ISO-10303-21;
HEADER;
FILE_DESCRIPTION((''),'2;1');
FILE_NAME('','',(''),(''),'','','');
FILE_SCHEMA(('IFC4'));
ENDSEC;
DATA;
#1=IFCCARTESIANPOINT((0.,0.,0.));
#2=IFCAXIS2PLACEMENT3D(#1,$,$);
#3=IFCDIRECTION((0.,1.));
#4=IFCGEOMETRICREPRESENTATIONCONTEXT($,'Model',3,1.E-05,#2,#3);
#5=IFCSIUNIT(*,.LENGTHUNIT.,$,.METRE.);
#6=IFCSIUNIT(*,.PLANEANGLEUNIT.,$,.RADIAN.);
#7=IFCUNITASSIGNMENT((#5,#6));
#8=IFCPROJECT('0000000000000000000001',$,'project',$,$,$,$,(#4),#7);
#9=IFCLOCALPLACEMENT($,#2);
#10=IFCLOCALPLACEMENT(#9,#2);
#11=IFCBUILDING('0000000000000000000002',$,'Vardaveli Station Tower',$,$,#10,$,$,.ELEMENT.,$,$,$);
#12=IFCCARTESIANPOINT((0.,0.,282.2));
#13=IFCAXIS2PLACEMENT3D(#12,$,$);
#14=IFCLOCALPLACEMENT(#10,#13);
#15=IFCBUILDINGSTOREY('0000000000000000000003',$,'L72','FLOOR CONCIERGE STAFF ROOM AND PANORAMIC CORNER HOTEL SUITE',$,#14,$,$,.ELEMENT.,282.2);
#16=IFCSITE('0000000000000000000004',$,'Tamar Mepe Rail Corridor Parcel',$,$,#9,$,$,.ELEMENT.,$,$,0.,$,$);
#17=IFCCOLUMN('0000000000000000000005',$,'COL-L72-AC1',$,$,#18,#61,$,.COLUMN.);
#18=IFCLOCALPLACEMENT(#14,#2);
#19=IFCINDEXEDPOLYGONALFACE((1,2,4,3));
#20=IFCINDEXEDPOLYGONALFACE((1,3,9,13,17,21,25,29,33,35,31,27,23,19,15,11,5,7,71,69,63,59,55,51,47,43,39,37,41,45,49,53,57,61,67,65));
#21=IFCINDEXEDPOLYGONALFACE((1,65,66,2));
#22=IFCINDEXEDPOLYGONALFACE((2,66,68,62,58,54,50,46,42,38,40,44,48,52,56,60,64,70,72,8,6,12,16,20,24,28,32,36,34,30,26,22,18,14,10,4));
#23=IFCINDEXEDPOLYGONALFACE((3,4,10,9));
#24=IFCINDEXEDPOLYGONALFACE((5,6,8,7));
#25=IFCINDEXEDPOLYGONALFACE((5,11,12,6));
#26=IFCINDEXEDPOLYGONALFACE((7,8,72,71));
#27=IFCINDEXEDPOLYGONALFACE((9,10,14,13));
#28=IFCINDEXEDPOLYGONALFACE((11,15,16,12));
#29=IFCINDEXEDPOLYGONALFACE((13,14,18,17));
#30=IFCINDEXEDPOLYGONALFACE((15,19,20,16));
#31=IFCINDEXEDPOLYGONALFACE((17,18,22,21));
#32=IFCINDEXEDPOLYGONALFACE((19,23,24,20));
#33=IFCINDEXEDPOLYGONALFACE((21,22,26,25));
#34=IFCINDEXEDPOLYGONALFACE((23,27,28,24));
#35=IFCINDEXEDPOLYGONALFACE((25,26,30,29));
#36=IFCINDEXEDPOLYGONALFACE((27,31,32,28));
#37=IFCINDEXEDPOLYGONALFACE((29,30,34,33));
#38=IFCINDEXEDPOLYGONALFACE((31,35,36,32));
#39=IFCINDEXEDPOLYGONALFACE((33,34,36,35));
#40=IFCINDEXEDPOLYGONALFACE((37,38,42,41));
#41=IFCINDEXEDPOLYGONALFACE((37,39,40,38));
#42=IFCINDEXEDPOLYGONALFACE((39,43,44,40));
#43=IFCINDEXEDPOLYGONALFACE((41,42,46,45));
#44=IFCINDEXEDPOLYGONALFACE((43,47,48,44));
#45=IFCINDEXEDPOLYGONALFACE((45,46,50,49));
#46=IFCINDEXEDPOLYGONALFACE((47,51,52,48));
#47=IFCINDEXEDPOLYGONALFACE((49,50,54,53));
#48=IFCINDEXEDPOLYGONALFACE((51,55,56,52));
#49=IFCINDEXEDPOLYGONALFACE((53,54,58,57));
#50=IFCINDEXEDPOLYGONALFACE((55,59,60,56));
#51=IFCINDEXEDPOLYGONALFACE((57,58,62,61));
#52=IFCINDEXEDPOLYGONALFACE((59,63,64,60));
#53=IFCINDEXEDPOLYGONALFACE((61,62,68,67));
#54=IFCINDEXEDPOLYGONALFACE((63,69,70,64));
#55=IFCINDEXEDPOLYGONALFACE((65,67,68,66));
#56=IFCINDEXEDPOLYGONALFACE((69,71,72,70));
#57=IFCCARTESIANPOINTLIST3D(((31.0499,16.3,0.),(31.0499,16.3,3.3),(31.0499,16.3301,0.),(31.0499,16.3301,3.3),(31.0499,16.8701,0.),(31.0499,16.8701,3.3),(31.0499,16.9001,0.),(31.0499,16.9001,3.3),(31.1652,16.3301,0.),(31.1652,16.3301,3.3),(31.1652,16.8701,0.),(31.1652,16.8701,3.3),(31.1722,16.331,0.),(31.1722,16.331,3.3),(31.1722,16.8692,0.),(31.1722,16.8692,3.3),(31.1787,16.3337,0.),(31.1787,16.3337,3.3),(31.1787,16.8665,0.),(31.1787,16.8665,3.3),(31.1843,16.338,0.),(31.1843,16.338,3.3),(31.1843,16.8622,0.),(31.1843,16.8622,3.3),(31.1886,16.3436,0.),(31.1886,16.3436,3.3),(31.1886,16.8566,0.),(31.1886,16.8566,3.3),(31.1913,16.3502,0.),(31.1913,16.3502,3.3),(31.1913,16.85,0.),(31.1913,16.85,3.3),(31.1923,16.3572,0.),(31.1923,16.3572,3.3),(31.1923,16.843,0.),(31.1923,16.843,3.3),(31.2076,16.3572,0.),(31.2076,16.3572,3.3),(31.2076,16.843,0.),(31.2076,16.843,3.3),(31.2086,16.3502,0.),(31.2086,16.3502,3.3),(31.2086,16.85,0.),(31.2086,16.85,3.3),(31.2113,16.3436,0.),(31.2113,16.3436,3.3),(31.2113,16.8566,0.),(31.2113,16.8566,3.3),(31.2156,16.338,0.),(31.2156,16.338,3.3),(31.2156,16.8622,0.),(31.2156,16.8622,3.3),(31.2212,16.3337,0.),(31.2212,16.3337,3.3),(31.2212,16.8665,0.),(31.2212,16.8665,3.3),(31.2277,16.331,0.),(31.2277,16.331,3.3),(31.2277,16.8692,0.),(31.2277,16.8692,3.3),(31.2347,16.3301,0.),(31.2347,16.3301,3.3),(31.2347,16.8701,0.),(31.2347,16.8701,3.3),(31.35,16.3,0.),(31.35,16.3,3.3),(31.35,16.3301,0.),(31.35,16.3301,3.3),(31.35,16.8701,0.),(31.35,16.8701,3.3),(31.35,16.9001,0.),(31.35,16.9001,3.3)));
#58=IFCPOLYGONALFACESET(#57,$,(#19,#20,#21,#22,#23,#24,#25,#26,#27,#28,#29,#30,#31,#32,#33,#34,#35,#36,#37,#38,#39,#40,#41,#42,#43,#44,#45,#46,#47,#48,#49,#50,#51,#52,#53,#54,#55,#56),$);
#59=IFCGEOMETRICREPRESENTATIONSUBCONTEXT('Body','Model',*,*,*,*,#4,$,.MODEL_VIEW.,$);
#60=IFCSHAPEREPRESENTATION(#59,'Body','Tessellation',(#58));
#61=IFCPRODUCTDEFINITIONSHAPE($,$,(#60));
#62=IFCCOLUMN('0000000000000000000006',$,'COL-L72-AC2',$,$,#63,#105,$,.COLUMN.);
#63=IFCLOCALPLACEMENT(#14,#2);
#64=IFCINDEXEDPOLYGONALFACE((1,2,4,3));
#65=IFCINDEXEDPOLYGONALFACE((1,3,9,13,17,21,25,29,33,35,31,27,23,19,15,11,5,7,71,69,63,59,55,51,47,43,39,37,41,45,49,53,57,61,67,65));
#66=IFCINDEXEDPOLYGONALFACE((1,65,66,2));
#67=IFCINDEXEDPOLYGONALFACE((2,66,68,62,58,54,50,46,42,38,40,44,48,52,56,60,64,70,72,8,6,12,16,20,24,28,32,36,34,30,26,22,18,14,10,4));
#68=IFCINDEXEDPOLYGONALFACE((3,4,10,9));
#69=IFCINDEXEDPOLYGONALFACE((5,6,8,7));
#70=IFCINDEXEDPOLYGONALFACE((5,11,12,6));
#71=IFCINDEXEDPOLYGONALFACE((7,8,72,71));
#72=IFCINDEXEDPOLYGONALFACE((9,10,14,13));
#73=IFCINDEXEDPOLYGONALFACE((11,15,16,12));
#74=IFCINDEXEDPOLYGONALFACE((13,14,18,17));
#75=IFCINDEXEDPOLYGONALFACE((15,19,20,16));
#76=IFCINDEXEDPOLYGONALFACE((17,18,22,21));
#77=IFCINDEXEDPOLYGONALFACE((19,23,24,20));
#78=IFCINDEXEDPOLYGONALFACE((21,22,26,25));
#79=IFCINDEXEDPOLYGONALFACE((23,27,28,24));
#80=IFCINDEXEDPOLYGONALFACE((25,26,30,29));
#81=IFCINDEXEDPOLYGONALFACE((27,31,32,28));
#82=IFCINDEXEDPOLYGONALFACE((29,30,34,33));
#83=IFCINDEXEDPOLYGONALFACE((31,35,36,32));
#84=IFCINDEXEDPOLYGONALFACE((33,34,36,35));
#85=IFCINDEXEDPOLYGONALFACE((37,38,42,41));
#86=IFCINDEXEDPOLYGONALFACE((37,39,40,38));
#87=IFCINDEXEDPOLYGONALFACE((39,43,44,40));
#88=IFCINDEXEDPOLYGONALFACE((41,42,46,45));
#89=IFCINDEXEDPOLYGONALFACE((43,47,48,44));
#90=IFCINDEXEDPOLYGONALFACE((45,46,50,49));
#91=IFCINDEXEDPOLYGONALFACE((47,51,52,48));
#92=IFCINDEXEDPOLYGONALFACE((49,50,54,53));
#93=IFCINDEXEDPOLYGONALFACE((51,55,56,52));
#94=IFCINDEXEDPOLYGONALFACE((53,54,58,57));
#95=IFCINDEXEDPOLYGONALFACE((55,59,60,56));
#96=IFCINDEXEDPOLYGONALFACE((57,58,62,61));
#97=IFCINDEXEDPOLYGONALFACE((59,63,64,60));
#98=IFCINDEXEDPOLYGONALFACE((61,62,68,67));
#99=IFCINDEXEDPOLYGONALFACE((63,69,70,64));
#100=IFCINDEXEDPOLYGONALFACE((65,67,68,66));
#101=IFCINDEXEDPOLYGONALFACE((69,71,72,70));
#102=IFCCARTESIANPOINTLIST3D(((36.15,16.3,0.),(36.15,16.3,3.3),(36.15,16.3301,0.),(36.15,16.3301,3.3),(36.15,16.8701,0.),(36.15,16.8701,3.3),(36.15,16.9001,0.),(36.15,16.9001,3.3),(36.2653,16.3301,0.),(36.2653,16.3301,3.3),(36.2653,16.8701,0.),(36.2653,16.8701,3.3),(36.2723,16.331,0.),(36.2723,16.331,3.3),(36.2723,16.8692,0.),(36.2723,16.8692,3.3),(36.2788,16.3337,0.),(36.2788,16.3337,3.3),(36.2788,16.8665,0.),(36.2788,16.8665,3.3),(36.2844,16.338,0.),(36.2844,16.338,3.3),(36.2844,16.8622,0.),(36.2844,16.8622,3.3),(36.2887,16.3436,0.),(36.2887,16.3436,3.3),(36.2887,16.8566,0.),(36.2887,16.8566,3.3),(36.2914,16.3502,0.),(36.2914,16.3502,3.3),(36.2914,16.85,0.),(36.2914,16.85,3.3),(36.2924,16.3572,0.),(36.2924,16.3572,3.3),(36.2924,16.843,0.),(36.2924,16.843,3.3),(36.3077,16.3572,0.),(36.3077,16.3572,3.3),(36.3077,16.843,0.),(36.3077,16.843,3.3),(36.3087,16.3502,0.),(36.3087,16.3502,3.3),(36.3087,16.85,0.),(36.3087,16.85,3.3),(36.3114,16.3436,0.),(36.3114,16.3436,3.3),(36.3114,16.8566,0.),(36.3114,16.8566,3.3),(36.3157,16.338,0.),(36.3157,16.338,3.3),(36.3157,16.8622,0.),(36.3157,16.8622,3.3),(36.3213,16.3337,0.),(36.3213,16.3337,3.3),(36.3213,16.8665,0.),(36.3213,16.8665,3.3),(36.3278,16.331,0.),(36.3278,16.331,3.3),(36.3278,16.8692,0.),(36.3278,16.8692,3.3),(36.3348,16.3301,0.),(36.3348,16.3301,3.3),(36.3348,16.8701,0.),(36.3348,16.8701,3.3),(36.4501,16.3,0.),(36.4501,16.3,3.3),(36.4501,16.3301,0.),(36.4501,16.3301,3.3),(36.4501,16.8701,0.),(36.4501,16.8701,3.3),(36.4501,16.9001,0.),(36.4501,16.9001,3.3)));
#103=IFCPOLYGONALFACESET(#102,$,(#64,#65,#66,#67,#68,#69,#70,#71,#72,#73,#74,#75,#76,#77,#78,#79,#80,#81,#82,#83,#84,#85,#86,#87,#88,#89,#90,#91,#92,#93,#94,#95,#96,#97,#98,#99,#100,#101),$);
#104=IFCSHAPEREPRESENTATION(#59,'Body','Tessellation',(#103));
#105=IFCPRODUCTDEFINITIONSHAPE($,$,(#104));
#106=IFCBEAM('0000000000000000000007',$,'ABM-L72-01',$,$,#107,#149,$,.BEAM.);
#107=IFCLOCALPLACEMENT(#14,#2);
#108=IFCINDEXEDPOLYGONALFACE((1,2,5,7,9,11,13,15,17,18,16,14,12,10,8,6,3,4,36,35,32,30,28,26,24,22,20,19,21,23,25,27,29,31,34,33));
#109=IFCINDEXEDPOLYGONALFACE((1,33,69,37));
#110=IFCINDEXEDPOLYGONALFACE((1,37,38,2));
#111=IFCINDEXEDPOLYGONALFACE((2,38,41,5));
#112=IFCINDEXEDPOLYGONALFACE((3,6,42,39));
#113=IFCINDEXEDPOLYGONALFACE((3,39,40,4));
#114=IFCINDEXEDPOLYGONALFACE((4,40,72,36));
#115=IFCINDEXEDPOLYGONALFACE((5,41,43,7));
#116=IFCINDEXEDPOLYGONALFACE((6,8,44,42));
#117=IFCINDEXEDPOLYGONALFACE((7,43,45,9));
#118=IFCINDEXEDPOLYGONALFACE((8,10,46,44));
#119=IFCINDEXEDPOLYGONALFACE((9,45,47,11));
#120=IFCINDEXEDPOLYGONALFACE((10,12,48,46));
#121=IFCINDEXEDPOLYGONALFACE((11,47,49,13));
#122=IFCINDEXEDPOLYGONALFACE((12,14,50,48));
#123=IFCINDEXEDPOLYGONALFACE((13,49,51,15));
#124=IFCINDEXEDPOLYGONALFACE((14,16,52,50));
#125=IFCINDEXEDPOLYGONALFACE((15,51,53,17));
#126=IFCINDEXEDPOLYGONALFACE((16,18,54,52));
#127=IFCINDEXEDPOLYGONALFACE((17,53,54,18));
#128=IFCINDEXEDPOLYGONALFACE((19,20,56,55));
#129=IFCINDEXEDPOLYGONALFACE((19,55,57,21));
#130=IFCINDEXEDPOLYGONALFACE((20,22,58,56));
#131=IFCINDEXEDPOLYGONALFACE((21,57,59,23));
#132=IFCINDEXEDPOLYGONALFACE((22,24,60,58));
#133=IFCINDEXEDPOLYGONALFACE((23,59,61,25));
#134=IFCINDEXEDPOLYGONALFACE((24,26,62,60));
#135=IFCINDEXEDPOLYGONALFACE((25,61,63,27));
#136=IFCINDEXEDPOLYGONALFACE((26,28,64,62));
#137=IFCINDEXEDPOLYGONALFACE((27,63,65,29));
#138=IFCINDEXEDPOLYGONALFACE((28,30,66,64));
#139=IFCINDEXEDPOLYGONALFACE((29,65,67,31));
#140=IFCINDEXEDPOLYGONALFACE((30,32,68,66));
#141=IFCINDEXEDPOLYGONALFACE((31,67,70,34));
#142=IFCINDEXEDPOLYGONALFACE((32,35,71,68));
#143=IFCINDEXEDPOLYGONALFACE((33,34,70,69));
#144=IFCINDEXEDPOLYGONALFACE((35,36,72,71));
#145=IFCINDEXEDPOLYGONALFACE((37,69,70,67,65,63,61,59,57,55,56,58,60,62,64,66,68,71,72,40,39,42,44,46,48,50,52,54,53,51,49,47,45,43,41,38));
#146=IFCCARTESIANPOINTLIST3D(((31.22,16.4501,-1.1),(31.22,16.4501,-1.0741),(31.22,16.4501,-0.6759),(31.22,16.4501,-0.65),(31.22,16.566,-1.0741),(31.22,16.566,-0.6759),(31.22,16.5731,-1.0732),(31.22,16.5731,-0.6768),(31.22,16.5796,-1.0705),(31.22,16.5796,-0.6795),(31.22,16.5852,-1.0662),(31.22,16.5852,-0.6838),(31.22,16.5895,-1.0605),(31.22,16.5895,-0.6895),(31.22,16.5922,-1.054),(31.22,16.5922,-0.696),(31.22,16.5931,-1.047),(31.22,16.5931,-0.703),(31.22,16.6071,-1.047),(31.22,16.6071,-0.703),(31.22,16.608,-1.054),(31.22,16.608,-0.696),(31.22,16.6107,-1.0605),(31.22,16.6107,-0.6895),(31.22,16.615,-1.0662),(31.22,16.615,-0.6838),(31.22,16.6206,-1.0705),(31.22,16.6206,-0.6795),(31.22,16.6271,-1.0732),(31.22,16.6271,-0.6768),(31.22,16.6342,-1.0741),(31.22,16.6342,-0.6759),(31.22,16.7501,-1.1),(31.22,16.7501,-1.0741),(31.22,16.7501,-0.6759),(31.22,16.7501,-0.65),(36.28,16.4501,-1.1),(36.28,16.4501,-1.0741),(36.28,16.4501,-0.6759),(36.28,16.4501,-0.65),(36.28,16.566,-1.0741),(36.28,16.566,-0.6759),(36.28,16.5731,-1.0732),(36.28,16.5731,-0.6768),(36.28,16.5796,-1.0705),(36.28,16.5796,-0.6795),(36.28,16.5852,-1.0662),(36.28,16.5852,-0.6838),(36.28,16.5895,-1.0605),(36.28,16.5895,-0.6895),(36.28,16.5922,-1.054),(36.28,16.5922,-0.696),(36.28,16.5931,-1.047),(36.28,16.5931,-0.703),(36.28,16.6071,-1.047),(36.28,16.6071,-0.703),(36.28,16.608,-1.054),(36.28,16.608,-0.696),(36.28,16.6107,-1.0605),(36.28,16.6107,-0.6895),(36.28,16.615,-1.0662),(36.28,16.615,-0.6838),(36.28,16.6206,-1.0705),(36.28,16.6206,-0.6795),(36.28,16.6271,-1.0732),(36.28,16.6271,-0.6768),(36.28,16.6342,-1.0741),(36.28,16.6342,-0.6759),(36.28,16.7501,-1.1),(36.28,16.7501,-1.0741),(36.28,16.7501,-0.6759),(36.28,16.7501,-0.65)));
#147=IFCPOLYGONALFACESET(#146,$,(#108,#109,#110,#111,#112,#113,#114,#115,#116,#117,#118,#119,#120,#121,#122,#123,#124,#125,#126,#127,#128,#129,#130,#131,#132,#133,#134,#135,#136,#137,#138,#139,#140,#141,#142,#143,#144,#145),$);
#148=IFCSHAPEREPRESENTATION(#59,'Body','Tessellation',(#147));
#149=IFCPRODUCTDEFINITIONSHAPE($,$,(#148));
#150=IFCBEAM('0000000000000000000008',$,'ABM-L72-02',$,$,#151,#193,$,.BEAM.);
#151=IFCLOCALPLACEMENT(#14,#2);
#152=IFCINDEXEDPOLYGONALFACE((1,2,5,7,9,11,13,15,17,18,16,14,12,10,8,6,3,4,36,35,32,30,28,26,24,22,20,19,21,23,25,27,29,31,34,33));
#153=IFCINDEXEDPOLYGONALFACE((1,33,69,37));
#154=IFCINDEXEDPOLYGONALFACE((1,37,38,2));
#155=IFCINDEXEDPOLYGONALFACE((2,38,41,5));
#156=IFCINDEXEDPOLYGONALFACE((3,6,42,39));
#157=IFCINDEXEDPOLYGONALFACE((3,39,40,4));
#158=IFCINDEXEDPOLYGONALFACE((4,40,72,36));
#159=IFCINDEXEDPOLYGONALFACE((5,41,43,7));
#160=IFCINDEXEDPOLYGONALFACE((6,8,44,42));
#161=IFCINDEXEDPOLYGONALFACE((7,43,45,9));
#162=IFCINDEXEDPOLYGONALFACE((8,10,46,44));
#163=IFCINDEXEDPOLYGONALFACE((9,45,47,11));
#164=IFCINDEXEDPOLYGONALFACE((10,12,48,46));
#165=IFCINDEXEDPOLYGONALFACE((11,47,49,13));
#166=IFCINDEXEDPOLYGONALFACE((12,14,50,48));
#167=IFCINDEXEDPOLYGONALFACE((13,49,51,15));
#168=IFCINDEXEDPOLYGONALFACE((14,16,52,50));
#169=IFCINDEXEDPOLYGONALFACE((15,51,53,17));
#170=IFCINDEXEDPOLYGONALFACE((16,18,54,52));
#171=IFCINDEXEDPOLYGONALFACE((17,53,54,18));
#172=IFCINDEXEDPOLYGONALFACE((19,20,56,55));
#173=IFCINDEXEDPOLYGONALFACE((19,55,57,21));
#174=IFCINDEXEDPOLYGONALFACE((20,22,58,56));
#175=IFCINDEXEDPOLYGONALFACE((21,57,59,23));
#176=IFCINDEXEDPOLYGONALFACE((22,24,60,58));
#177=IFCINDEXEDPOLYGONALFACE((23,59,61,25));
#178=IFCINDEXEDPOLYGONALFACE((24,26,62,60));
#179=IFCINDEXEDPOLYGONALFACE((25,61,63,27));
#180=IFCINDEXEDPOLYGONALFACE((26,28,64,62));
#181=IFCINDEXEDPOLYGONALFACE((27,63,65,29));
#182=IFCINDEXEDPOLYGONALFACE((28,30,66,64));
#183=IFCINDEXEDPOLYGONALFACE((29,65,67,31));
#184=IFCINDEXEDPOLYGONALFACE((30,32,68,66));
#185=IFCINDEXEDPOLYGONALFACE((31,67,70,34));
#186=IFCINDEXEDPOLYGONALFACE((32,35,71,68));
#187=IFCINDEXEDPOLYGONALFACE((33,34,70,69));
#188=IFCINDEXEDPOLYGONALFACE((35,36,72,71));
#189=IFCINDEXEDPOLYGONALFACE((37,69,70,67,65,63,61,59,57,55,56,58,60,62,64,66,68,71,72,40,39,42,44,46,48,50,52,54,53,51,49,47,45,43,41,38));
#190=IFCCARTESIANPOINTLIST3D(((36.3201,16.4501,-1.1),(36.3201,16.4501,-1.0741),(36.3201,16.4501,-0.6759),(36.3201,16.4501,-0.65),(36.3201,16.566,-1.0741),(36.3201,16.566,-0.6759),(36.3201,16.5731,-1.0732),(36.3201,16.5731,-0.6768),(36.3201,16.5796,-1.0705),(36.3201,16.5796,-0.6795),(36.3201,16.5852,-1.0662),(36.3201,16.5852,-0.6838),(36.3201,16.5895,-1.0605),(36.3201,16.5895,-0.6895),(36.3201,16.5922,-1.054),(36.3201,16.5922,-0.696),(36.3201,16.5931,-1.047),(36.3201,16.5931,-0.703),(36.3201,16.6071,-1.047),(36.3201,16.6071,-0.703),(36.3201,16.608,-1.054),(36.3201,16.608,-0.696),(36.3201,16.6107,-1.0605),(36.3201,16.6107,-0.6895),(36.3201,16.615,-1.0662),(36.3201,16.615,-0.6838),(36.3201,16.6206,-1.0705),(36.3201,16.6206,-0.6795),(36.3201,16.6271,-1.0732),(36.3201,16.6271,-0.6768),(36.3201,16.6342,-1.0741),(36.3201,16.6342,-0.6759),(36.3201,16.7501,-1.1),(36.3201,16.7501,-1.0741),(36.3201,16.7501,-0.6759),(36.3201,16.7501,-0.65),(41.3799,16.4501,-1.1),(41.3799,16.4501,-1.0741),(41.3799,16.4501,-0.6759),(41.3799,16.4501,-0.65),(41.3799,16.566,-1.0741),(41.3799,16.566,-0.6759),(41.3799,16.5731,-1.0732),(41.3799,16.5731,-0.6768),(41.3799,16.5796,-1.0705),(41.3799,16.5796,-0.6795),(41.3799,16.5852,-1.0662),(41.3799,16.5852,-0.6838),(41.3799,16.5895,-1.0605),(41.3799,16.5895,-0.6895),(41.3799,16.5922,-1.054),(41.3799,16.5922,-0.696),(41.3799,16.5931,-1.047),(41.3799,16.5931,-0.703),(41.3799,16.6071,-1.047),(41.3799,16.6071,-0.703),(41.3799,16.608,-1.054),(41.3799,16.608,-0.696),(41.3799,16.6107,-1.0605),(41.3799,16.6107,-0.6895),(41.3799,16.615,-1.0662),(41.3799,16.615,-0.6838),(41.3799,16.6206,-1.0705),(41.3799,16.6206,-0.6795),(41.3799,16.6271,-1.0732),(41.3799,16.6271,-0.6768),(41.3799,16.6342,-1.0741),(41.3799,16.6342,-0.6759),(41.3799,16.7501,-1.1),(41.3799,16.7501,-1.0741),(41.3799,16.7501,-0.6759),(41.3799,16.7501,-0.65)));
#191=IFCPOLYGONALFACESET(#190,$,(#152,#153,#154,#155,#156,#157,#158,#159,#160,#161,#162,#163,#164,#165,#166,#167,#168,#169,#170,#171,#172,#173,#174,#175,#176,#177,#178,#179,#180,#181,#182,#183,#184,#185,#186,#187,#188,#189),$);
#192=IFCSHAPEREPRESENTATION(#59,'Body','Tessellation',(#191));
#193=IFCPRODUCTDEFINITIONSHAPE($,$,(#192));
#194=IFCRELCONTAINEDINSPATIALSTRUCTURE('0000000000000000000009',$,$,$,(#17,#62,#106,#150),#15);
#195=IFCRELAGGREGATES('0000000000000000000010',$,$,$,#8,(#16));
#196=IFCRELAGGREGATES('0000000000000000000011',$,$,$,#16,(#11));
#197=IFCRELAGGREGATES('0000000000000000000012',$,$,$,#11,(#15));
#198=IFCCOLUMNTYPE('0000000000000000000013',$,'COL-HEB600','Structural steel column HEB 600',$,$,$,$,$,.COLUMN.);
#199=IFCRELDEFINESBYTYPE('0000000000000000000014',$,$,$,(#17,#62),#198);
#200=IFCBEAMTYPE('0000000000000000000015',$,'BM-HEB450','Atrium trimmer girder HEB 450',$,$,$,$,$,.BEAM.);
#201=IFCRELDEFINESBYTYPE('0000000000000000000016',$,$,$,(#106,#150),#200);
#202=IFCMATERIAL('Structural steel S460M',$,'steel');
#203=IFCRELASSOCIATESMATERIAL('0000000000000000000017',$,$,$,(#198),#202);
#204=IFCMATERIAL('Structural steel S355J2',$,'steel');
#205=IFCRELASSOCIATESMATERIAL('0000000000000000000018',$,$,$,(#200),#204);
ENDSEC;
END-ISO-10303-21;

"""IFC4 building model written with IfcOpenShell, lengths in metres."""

from ifc_helpers import new_model, si_unit, direction, frame, origin, origin_2d, place, context, subcontext, project, spatial, i_section, extrude, source, transform, mapped, material, material_profile, profile_set, type_object, element, save


model = new_model("IFC4")

# Units and contexts
model_context = context("Model", 3, precision=1e-05, world=origin(), true_north=direction((0.0, 1.0)))
body_context = subcontext(model_context, "Body", "Model", "MODEL_VIEW")
ifc_project = project(units=[si_unit("LENGTHUNIT", "METRE"), si_unit("PLANEANGLEUNIT", "RADIAN")], contexts=[model_context])

# Site, building, storey
site_placement = place(None, origin())
site = spatial("IfcSite", under=ifc_project, at=site_placement, Name="Tamar Mepe Rail Corridor Parcel", CompositionType="ELEMENT", RefElevation=0.0)
building_placement = place(site_placement, origin())
building = spatial("IfcBuilding", under=site, at=building_placement, Name="Vardaveli Station Tower", CompositionType="ELEMENT")
storey_placement = place(building_placement, frame((0.0, 0.0, 282.2)))
storey = spatial("IfcBuildingStorey", under=building, at=storey_placement, Name="L72", Description="FLOOR CONCIERGE STAFF ROOM AND PANORAMIC CORNER HOTEL SUITE", CompositionType="ELEMENT", Elevation=282.2)

# Columns
ifc_material_1 = material(Name="Structural steel S460M", Category="steel")
ifc_material_profile_1 = material_profile(ifc_material_1, i_section(OverallWidth=0.3, OverallDepth=0.6001, WebThickness=0.0154, FlangeThickness=0.03, FilletRadius=0.0271, at=origin_2d()), Name="HEB 600")
ifc_profile_set_1 = profile_set([ifc_material_profile_1], Name="Structural steel S460M")
column_type = type_object("IfcColumnType", Name="COL-HEB600", Description="Structural steel column HEB 600", PredefinedType="COLUMN", material=ifc_profile_set_1)
shared_shape_1 = source(origin(), body_context, "Body", "SweptSolid", [
    extrude(i_section(OverallWidth=0.3, OverallDepth=0.6001, WebThickness=0.0154, FlangeThickness=0.03, FilletRadius=0.0271, at=origin_2d()), origin(), (0.0, 0.0, 1.0), 3.3),
])
for number, where, z_axis, x_axis, name in (
    (1, (31.2, 16.6001, 0.0), (0.0, 0.0, 1.0), (1.0, 0.0, 0.0), "COL-L72-AC1"),
    (2, (36.3, 16.6001, 0.0), (0.0, 0.0, 1.0), (1.0, 0.0, 0.0), "COL-L72-AC2"),
):
    element("IfcColumn", number, at=place(storey_placement, frame(where, z_axis=z_axis, x_axis=x_axis)), inside=storey, type_object=column_type, Name=name, PredefinedType="COLUMN", context=body_context, shape_type="MappedRepresentation", body=[
        mapped(shared_shape_1, transform((0.0, 0.0, 0.0), scale=1.0)),
    ])

# Beams
ifc_material_2 = material(Name="Structural steel S355J2", Category="steel")
ifc_material_profile_2 = material_profile(ifc_material_2, i_section(OverallWidth=0.3, OverallDepth=0.45, WebThickness=0.0139, FlangeThickness=0.0259, FilletRadius=0.0271, at=origin_2d()), Name="HEB 450")
ifc_profile_set_2 = profile_set([ifc_material_profile_2], Name="Structural steel S355J2")
beam_type_1 = type_object("IfcBeamType", Name="BM-HEB450", Description="Atrium trimmer girder HEB 450", PredefinedType="BEAM", material=ifc_profile_set_2)
shared_shape_2 = source(origin(), body_context, "Body", "SweptSolid", [
    extrude(i_section(OverallWidth=0.3, OverallDepth=0.45, WebThickness=0.0139, FlangeThickness=0.0259, FilletRadius=0.0271, at=origin_2d()), origin(), (0.0, 0.0, 1.0), 5.0601),
])
beam_1_placement = place(storey_placement, frame((31.22, 16.6001, -0.875), z_axis=(1.0, 0.0, 0.0), x_axis=(0.0, 1.0, 0.0)))
element("IfcBeam", 3, at=beam_1_placement, inside=storey, type_object=beam_type_1, Name="ABM-L72-01", PredefinedType="BEAM", context=body_context, shape_type="MappedRepresentation", body=[
    mapped(shared_shape_2, transform((0.0, 0.0, 0.0), scale=1.0)),
])
shared_shape_3 = source(origin(), body_context, "Body", "SweptSolid", [
    extrude(i_section(OverallWidth=0.3, OverallDepth=0.45, WebThickness=0.0139, FlangeThickness=0.0259, FilletRadius=0.0271, at=origin_2d()), origin(), (0.0, 0.0, 1.0), 5.0598),
])
beam_2_placement = place(storey_placement, frame((36.3201, 16.6001, -0.875), z_axis=(1.0, 0.0, 0.0), x_axis=(0.0, 1.0, 0.0)))
element("IfcBeam", 4, at=beam_2_placement, inside=storey, type_object=beam_type_1, Name="ABM-L72-02", PredefinedType="BEAM", context=body_context, shape_type="MappedRepresentation", body=[
    mapped(shared_shape_3, transform((0.0, 0.0, 0.0), scale=1.0)),
])

save(model, "model.ifc")
